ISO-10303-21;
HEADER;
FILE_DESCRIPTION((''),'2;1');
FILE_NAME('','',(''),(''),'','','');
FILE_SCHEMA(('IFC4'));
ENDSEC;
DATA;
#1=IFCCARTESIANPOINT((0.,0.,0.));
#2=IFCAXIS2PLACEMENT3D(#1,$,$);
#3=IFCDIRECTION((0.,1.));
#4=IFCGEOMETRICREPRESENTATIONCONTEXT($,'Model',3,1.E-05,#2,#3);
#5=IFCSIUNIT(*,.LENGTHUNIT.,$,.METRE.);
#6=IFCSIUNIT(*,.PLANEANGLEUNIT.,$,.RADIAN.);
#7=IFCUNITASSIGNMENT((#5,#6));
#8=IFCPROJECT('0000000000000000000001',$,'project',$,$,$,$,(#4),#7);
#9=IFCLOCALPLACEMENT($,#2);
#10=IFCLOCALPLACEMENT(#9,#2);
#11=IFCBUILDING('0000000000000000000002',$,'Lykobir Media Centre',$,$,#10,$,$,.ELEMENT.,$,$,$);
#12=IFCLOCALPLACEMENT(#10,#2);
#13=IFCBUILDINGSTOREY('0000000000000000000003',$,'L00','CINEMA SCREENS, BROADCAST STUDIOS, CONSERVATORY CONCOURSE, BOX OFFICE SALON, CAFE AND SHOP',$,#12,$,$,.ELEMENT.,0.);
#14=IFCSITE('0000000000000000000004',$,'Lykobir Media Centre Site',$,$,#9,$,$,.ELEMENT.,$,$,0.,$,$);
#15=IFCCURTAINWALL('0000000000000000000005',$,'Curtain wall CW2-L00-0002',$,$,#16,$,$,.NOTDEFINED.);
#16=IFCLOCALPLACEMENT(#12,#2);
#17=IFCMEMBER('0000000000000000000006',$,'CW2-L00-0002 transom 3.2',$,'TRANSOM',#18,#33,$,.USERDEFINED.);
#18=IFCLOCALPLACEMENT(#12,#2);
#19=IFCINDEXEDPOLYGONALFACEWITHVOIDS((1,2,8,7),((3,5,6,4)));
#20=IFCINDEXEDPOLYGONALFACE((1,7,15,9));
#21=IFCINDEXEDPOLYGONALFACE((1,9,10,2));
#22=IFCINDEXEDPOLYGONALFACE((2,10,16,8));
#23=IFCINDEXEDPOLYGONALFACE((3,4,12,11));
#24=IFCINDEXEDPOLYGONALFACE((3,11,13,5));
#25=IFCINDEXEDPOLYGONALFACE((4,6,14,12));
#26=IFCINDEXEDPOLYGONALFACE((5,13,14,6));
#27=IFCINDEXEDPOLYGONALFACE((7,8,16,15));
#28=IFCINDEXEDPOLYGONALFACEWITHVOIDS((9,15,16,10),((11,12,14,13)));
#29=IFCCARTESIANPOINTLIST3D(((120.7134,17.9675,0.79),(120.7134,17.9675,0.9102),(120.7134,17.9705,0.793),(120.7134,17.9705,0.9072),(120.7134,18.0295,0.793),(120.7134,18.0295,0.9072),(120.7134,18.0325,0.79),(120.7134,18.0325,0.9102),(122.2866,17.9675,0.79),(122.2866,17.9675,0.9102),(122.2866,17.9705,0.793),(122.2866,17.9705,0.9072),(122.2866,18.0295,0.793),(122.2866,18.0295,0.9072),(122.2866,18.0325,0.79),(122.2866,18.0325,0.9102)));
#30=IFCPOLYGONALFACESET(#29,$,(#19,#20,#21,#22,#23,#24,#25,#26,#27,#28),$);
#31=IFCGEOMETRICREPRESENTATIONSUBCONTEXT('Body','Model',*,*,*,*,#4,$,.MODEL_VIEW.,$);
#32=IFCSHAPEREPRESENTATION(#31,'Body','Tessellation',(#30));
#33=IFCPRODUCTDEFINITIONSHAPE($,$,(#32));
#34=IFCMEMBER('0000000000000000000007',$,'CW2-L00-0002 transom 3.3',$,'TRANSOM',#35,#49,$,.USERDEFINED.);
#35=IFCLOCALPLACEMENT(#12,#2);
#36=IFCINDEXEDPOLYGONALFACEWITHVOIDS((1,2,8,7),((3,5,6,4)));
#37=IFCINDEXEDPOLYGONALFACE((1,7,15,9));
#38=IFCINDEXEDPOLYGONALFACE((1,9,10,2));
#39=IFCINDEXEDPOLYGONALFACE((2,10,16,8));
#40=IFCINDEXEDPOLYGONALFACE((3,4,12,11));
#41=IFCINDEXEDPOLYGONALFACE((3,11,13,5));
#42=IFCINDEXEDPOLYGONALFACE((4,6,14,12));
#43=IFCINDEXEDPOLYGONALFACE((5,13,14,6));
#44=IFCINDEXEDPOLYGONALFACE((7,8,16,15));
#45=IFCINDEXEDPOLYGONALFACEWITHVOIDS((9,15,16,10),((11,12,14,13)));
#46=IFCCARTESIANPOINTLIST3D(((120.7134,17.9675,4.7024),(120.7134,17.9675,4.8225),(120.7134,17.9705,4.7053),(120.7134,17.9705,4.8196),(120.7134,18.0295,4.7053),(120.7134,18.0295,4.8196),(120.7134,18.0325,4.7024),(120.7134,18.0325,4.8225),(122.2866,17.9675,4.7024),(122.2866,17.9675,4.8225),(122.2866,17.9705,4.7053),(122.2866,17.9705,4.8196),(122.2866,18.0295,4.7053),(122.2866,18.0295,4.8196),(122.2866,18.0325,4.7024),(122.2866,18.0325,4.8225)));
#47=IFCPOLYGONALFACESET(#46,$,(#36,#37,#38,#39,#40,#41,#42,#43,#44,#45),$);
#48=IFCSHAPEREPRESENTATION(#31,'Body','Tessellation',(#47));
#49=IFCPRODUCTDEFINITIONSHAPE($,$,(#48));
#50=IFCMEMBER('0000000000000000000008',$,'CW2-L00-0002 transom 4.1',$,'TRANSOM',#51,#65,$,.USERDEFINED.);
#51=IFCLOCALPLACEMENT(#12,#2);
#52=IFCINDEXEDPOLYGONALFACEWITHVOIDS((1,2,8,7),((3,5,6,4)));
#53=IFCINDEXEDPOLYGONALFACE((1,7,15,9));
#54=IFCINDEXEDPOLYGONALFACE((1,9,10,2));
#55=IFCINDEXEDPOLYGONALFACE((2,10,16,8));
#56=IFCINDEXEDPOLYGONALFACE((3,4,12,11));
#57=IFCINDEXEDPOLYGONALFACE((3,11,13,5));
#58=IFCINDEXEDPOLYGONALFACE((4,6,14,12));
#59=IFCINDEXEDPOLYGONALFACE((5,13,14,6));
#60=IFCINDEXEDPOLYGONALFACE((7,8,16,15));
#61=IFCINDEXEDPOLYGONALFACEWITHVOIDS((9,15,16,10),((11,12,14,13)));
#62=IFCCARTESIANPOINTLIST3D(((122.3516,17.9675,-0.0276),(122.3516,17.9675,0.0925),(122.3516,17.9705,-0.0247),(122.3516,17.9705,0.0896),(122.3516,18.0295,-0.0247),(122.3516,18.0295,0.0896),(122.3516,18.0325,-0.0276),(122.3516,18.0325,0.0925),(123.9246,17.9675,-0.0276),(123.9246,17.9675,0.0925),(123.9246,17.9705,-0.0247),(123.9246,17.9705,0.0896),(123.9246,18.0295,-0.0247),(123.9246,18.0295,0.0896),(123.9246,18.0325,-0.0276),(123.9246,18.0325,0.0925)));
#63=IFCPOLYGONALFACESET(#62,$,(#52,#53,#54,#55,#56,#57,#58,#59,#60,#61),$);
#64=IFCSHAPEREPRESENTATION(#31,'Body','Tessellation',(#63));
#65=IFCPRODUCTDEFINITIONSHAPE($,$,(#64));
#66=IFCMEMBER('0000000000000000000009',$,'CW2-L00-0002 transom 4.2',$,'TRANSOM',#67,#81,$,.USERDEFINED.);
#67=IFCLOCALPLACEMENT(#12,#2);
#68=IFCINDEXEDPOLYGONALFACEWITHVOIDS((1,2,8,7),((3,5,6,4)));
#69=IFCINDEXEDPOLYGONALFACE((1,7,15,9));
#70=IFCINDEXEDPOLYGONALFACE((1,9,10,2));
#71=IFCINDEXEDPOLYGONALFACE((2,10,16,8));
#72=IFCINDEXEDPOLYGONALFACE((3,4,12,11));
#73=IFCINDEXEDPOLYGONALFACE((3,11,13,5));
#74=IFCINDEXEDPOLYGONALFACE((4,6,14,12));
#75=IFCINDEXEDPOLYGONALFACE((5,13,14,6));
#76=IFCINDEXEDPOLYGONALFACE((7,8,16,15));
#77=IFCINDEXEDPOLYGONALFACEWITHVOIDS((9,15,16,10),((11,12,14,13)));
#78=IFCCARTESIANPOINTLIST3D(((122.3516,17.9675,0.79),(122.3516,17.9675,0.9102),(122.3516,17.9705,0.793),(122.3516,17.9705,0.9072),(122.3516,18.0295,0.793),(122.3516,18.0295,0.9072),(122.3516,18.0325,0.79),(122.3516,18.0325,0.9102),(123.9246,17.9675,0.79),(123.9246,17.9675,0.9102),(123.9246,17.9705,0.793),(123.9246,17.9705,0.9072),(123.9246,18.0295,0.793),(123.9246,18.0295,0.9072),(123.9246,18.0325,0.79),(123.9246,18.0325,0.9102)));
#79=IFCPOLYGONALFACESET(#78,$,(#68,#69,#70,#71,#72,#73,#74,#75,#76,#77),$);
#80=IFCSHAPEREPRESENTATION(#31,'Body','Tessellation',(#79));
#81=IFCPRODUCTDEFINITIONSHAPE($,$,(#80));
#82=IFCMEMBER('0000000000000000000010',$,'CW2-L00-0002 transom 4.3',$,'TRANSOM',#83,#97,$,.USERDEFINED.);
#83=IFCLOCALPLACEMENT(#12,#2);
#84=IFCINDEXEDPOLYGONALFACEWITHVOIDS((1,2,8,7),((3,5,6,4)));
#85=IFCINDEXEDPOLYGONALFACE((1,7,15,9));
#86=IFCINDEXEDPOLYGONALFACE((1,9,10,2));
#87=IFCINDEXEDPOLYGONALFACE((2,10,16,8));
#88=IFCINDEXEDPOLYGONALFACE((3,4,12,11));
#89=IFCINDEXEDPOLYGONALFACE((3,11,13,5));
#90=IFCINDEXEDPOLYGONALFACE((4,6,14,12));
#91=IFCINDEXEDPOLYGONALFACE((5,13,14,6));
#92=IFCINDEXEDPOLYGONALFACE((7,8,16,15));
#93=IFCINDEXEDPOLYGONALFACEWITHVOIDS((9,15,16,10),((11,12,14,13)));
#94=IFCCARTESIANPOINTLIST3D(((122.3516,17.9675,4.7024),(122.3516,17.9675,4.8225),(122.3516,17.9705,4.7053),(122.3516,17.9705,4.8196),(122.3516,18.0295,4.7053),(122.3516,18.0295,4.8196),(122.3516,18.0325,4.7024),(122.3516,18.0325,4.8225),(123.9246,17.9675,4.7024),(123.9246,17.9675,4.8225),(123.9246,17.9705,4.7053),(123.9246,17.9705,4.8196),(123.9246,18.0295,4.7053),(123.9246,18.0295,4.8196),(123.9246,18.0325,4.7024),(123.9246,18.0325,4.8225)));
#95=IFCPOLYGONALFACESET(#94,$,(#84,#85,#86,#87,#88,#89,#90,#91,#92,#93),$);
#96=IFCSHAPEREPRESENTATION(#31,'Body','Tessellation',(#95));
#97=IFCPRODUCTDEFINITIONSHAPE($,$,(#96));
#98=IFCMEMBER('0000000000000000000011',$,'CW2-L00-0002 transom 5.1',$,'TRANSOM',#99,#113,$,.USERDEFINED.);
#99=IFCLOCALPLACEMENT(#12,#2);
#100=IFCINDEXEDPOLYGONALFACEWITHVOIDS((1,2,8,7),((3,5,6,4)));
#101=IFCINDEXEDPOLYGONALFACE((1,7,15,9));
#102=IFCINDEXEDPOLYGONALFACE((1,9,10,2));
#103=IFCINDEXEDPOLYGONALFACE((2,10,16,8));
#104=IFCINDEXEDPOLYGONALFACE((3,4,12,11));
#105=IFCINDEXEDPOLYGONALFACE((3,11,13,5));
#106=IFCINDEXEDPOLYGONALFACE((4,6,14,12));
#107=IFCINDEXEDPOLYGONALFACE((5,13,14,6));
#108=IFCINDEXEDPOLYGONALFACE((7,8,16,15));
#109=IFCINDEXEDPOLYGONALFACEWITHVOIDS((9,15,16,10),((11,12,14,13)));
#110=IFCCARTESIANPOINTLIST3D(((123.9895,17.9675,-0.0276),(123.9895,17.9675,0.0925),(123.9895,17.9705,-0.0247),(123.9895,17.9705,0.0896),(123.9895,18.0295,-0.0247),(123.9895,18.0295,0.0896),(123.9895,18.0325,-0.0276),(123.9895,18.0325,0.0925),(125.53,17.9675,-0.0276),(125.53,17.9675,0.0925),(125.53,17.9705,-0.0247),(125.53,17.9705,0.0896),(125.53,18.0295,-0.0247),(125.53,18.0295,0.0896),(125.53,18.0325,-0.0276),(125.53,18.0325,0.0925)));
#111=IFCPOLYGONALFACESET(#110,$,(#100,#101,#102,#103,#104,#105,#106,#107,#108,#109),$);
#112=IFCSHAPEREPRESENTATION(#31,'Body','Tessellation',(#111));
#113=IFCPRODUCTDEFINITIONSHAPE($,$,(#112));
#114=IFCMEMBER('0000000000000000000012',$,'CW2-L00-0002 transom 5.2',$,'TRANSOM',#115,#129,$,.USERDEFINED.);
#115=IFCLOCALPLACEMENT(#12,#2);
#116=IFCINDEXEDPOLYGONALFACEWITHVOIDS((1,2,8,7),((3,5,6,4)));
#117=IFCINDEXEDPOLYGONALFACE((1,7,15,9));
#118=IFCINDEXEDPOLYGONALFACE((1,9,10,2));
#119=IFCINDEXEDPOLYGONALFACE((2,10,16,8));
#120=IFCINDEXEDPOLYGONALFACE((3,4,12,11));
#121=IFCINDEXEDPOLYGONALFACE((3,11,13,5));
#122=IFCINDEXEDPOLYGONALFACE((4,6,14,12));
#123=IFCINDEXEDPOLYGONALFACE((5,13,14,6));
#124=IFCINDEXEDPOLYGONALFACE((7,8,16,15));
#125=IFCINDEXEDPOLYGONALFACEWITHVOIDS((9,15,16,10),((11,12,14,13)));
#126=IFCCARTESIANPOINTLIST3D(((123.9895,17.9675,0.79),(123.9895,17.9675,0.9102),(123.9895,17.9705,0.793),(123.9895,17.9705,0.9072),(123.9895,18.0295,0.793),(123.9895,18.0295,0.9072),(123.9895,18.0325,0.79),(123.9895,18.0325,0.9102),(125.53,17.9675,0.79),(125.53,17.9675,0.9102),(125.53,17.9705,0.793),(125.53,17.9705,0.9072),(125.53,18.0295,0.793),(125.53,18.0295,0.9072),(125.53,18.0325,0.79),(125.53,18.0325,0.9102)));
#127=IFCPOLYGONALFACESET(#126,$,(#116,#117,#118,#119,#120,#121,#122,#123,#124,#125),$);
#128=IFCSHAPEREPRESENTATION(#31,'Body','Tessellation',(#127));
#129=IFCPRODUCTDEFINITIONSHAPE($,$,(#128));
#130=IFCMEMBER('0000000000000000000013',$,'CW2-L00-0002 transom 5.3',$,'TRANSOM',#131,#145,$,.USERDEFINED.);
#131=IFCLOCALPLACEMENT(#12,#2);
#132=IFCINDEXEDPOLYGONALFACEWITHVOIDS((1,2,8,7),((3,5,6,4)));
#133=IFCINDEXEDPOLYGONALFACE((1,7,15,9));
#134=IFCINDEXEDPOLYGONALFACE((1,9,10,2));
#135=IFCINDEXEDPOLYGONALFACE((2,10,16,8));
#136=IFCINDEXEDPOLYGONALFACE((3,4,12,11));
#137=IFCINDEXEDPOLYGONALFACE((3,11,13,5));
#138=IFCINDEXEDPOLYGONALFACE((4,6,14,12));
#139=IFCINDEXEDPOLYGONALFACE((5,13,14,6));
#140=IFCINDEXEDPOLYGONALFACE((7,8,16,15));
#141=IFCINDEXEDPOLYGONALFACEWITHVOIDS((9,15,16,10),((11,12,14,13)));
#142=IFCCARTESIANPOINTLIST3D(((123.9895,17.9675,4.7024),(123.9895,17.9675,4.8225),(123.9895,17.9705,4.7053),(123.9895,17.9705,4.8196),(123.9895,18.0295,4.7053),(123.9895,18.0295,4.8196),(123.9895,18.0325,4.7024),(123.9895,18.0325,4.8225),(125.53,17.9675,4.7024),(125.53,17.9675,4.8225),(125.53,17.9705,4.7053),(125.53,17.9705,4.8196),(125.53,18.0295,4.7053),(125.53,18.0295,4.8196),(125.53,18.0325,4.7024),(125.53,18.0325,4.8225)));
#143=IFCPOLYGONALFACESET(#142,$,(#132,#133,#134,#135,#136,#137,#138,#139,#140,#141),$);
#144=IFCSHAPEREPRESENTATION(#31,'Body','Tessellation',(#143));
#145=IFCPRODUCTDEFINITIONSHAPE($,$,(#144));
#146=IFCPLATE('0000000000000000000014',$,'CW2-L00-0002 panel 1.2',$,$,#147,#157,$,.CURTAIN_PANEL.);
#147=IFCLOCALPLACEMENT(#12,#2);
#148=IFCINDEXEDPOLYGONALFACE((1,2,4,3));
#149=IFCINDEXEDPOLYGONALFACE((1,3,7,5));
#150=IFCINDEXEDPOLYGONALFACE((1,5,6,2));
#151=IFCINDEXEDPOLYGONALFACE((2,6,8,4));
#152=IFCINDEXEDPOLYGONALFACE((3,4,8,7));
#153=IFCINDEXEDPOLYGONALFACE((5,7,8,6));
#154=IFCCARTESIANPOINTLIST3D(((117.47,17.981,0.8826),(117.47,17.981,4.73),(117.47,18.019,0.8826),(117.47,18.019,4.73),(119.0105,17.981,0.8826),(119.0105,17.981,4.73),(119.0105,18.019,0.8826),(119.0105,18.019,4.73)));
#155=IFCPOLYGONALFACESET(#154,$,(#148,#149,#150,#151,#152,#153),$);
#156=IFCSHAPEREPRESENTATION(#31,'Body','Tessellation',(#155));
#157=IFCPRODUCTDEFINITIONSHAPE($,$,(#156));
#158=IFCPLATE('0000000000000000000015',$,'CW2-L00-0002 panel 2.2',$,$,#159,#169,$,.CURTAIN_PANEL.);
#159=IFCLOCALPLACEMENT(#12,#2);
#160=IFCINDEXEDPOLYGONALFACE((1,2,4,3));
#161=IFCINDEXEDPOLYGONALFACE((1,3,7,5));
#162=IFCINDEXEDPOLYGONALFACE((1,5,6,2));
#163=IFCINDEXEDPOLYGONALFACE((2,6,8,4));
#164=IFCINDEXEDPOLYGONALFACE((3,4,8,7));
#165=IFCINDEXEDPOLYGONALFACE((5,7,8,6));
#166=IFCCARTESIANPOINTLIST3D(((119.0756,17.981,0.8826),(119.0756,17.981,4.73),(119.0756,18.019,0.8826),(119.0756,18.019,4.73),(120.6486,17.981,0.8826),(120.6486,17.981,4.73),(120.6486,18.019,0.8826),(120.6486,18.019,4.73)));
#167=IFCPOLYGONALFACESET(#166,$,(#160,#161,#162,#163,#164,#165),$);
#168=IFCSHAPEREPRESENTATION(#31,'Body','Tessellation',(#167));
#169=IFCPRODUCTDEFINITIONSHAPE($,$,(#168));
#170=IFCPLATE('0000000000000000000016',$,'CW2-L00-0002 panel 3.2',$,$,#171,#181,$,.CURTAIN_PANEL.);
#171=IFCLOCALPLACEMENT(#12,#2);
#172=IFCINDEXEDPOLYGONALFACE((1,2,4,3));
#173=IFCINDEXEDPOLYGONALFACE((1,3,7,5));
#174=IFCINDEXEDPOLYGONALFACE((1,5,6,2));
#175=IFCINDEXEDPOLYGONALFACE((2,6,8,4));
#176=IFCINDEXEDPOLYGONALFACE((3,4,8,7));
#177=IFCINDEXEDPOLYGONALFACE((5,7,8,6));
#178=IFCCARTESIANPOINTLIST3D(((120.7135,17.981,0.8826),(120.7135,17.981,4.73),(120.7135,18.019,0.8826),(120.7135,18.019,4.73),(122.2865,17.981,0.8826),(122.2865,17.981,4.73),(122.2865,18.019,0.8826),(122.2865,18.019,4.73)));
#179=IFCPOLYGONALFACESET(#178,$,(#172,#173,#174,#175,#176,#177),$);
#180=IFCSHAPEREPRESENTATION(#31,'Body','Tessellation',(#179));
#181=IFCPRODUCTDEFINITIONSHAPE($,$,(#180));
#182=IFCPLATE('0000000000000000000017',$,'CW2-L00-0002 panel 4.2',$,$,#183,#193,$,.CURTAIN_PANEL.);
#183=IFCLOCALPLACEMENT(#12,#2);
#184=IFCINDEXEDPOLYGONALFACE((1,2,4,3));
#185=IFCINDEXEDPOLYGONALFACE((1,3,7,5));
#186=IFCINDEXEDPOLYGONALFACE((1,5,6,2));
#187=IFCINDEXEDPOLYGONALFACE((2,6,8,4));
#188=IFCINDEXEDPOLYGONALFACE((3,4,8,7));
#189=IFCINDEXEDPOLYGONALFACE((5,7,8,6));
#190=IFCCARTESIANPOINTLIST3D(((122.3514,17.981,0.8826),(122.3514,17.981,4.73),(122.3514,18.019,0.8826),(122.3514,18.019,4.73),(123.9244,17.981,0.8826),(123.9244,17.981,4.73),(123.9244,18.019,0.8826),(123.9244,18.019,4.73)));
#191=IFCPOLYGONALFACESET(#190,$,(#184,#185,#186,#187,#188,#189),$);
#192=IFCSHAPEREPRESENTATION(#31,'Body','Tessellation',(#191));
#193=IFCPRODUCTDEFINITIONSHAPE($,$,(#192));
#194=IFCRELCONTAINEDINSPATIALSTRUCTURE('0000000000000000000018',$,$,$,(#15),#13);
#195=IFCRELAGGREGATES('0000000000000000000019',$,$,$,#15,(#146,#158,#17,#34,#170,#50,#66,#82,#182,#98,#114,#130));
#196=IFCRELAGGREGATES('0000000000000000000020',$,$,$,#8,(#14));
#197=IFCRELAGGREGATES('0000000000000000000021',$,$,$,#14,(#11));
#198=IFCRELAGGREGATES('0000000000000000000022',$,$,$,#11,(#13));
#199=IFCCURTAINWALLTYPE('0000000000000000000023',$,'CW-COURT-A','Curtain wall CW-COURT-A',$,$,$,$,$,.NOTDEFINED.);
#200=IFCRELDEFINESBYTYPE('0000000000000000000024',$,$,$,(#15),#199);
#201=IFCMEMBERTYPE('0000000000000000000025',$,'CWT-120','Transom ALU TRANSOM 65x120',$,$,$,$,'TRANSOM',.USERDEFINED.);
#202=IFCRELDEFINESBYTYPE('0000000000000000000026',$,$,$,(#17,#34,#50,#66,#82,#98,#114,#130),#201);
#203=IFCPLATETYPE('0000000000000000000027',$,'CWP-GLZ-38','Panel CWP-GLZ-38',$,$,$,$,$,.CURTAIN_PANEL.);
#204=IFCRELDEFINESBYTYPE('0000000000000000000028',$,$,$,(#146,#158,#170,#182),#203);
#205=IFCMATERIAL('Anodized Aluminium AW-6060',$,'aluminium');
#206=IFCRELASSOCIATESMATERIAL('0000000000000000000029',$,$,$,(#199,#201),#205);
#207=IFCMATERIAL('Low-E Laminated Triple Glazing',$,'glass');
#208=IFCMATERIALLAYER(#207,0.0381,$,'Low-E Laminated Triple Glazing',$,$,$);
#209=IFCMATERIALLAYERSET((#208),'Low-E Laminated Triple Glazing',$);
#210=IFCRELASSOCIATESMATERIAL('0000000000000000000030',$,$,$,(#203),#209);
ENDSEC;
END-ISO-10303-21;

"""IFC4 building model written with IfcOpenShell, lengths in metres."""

from ifc_helpers import new_model, si_unit, direction, frame, origin, origin_2d, place, context, subcontext, project, spatial, rectangle, hollow_rectangle, extrude, material, layer, layer_set, material_profile, profile_set, type_object, element, aggregate, save


model = new_model("IFC4")

# Units and contexts
model_context = context("Model", 3, precision=1e-05, world=origin(), true_north=direction((0.0, 1.0)))
body_context = subcontext(model_context, "Body", "Model", "MODEL_VIEW")
ifc_project = project(units=[si_unit("LENGTHUNIT", "METRE"), si_unit("PLANEANGLEUNIT", "RADIAN")], contexts=[model_context])

# Site, building, storey
site_placement = place(None, origin())
site = spatial("IfcSite", under=ifc_project, at=site_placement, Name="Lykobir Media Centre Site", CompositionType="ELEMENT", RefElevation=0.0)
building_placement = place(site_placement, origin())
building = spatial("IfcBuilding", under=site, at=building_placement, Name="Lykobir Media Centre", CompositionType="ELEMENT")
storey_placement = place(building_placement, origin())
storey = spatial("IfcBuildingStorey", under=building, at=storey_placement, Name="L00", Description="CINEMA SCREENS, BROADCAST STUDIOS, CONSERVATORY CONCOURSE, BOX OFFICE SALON, CAFE AND SHOP", CompositionType="ELEMENT", Elevation=0.0)

# Curtain wall, members, plates
ifc_material_1 = material(Name="Anodized Aluminium AW-6060", Category="aluminium")
curtain_wall_type = type_object("IfcCurtainWallType", Name="CW-COURT-A", Description="Curtain wall CW-COURT-A", PredefinedType="NOTDEFINED", material=ifc_material_1)
curtain_wall_placement = place(storey_placement, origin())
curtain_wall = element("IfcCurtainWall", 1, at=curtain_wall_placement, inside=storey, type_object=curtain_wall_type, Name="Curtain wall CW2-L00-0002", PredefinedType="NOTDEFINED")
ifc_material_profile_1 = material_profile(ifc_material_1, hollow_rectangle(XDim=0.0649, YDim=0.1201, WallThickness=0.0029, at=origin_2d()), Name="ALU TRANSOM 65x120")
ifc_profile_set_1 = profile_set([ifc_material_profile_1], Name="Anodized Aluminium AW-6060")
member_type_1 = type_object("IfcMemberType", Name="CWT-120", Description="Transom ALU TRANSOM 65x120", ElementType="TRANSOM", PredefinedType="USERDEFINED", material=ifc_profile_set_1)
member_1_placement = place(storey_placement, frame((120.7134, 18.0, 0.8501), z_axis=(1.0, 0.0, 0.0), x_axis=(0.0, 1.0, 0.0)))
member_1 = element("IfcMember", 2, at=member_1_placement, type_object=member_type_1, Name="CW2-L00-0002 transom 3.2", ObjectType="TRANSOM", PredefinedType="USERDEFINED", context=body_context, shape_type="SweptSolid", body=[
    extrude(hollow_rectangle(XDim=0.0649, YDim=0.1201, WallThickness=0.0029, at=origin_2d()), origin(), (0.0, 0.0, 1.0), 1.5732),
])
member_2_placement = place(storey_placement, frame((120.7134, 18.0, 4.7625), z_axis=(1.0, 0.0, 0.0), x_axis=(0.0, 1.0, 0.0)))
member_2 = element("IfcMember", 3, at=member_2_placement, type_object=member_type_1, Name="CW2-L00-0002 transom 3.3", ObjectType="TRANSOM", PredefinedType="USERDEFINED", context=body_context, shape_type="SweptSolid", body=[
    extrude(hollow_rectangle(XDim=0.0649, YDim=0.1201, WallThickness=0.0029, at=origin_2d()), origin(), (0.0, 0.0, 1.0), 1.5732),
])
member_3_placement = place(storey_placement, frame((122.3516, 18.0, 0.0325), z_axis=(1.0, 0.0, 0.0), x_axis=(0.0, 1.0, 0.0)))
member_3 = element("IfcMember", 4, at=member_3_placement, type_object=member_type_1, Name="CW2-L00-0002 transom 4.1", ObjectType="TRANSOM", PredefinedType="USERDEFINED", context=body_context, shape_type="SweptSolid", body=[
    extrude(hollow_rectangle(XDim=0.0649, YDim=0.1201, WallThickness=0.0029, at=origin_2d()), origin(), (0.0, 0.0, 1.0), 1.573),
])
member_4_placement = place(storey_placement, frame((122.3516, 18.0, 0.8501), z_axis=(1.0, 0.0, 0.0), x_axis=(0.0, 1.0, 0.0)))
member_4 = element("IfcMember", 5, at=member_4_placement, type_object=member_type_1, Name="CW2-L00-0002 transom 4.2", ObjectType="TRANSOM", PredefinedType="USERDEFINED", context=body_context, shape_type="SweptSolid", body=[
    extrude(hollow_rectangle(XDim=0.0649, YDim=0.1201, WallThickness=0.0029, at=origin_2d()), origin(), (0.0, 0.0, 1.0), 1.573),
])
member_5_placement = place(storey_placement, frame((122.3516, 18.0, 4.7625), z_axis=(1.0, 0.0, 0.0), x_axis=(0.0, 1.0, 0.0)))
member_5 = element("IfcMember", 6, at=member_5_placement, type_object=member_type_1, Name="CW2-L00-0002 transom 4.3", ObjectType="TRANSOM", PredefinedType="USERDEFINED", context=body_context, shape_type="SweptSolid", body=[
    extrude(hollow_rectangle(XDim=0.0649, YDim=0.1201, WallThickness=0.0029, at=origin_2d()), origin(), (0.0, 0.0, 1.0), 1.573),
])
member_6_placement = place(storey_placement, frame((123.9895, 18.0, 0.0325), z_axis=(1.0, 0.0, 0.0), x_axis=(0.0, 1.0, 0.0)))
member_6 = element("IfcMember", 7, at=member_6_placement, type_object=member_type_1, Name="CW2-L00-0002 transom 5.1", ObjectType="TRANSOM", PredefinedType="USERDEFINED", context=body_context, shape_type="SweptSolid", body=[
    extrude(hollow_rectangle(XDim=0.0649, YDim=0.1201, WallThickness=0.0029, at=origin_2d()), origin(), (0.0, 0.0, 1.0), 1.5405),
])
member_7_placement = place(storey_placement, frame((123.9895, 18.0, 0.8501), z_axis=(1.0, 0.0, 0.0), x_axis=(0.0, 1.0, 0.0)))
member_7 = element("IfcMember", 8, at=member_7_placement, type_object=member_type_1, Name="CW2-L00-0002 transom 5.2", ObjectType="TRANSOM", PredefinedType="USERDEFINED", context=body_context, shape_type="SweptSolid", body=[
    extrude(hollow_rectangle(XDim=0.0649, YDim=0.1201, WallThickness=0.0029, at=origin_2d()), origin(), (0.0, 0.0, 1.0), 1.5405),
])
member_8_placement = place(storey_placement, frame((123.9895, 18.0, 4.7625), z_axis=(1.0, 0.0, 0.0), x_axis=(0.0, 1.0, 0.0)))
member_8 = element("IfcMember", 9, at=member_8_placement, type_object=member_type_1, Name="CW2-L00-0002 transom 5.3", ObjectType="TRANSOM", PredefinedType="USERDEFINED", context=body_context, shape_type="SweptSolid", body=[
    extrude(hollow_rectangle(XDim=0.0649, YDim=0.1201, WallThickness=0.0029, at=origin_2d()), origin(), (0.0, 0.0, 1.0), 1.5405),
])
ifc_material_2 = material(Name="Low-E Laminated Triple Glazing", Category="glass")
ifc_layer_1 = layer(ifc_material_2, 0.0381, Name="Low-E Laminated Triple Glazing")
ifc_layer_set_1 = layer_set([ifc_layer_1], Name="Low-E Laminated Triple Glazing")
plate_type_1 = type_object("IfcPlateType", Name="CWP-GLZ-38", Description="Panel CWP-GLZ-38", PredefinedType="CURTAIN_PANEL", material=ifc_layer_set_1)
plate_1_placement = place(storey_placement, frame((118.2402, 18.0, 0.8826), z_axis=(0.0, 0.0, 1.0), x_axis=(1.0, 0.0, 0.0)))
plate_1 = element("IfcPlate", 10, at=plate_1_placement, type_object=plate_type_1, Name="CW2-L00-0002 panel 1.2", PredefinedType="CURTAIN_PANEL", context=body_context, shape_type="SweptSolid", body=[
    extrude(rectangle(XDim=1.5405, YDim=0.0381, at=origin_2d()), origin(), (0.0, 0.0, 1.0), 3.8474),
])
plate_2_placement = place(storey_placement, frame((119.8621, 18.0, 0.8826), z_axis=(0.0, 0.0, 1.0), x_axis=(1.0, 0.0, 0.0)))
plate_2 = element("IfcPlate", 11, at=plate_2_placement, type_object=plate_type_1, Name="CW2-L00-0002 panel 2.2", PredefinedType="CURTAIN_PANEL", context=body_context, shape_type="SweptSolid", body=[
    extrude(rectangle(XDim=1.573, YDim=0.0381, at=origin_2d()), origin(), (0.0, 0.0, 1.0), 3.8474),
])
plate_3_placement = place(storey_placement, frame((121.5, 18.0, 0.8826), z_axis=(0.0, 0.0, 1.0), x_axis=(1.0, 0.0, 0.0)))
plate_3 = element("IfcPlate", 12, at=plate_3_placement, type_object=plate_type_1, Name="CW2-L00-0002 panel 3.2", PredefinedType="CURTAIN_PANEL", context=body_context, shape_type="SweptSolid", body=[
    extrude(rectangle(XDim=1.573, YDim=0.0381, at=origin_2d()), origin(), (0.0, 0.0, 1.0), 3.8474),
])
plate_4_placement = place(storey_placement, frame((123.1379, 18.0, 0.8826), z_axis=(0.0, 0.0, 1.0), x_axis=(1.0, 0.0, 0.0)))
plate_4 = element("IfcPlate", 13, at=plate_4_placement, type_object=plate_type_1, Name="CW2-L00-0002 panel 4.2", PredefinedType="CURTAIN_PANEL", context=body_context, shape_type="SweptSolid", body=[
    extrude(rectangle(XDim=1.573, YDim=0.0381, at=origin_2d()), origin(), (0.0, 0.0, 1.0), 3.8474),
])
aggregate(curtain_wall, [plate_1, plate_2, member_1, member_2, plate_3, member_3, member_4, member_5, plate_4, member_6, member_7, member_8])

save(model, "model.ifc")
